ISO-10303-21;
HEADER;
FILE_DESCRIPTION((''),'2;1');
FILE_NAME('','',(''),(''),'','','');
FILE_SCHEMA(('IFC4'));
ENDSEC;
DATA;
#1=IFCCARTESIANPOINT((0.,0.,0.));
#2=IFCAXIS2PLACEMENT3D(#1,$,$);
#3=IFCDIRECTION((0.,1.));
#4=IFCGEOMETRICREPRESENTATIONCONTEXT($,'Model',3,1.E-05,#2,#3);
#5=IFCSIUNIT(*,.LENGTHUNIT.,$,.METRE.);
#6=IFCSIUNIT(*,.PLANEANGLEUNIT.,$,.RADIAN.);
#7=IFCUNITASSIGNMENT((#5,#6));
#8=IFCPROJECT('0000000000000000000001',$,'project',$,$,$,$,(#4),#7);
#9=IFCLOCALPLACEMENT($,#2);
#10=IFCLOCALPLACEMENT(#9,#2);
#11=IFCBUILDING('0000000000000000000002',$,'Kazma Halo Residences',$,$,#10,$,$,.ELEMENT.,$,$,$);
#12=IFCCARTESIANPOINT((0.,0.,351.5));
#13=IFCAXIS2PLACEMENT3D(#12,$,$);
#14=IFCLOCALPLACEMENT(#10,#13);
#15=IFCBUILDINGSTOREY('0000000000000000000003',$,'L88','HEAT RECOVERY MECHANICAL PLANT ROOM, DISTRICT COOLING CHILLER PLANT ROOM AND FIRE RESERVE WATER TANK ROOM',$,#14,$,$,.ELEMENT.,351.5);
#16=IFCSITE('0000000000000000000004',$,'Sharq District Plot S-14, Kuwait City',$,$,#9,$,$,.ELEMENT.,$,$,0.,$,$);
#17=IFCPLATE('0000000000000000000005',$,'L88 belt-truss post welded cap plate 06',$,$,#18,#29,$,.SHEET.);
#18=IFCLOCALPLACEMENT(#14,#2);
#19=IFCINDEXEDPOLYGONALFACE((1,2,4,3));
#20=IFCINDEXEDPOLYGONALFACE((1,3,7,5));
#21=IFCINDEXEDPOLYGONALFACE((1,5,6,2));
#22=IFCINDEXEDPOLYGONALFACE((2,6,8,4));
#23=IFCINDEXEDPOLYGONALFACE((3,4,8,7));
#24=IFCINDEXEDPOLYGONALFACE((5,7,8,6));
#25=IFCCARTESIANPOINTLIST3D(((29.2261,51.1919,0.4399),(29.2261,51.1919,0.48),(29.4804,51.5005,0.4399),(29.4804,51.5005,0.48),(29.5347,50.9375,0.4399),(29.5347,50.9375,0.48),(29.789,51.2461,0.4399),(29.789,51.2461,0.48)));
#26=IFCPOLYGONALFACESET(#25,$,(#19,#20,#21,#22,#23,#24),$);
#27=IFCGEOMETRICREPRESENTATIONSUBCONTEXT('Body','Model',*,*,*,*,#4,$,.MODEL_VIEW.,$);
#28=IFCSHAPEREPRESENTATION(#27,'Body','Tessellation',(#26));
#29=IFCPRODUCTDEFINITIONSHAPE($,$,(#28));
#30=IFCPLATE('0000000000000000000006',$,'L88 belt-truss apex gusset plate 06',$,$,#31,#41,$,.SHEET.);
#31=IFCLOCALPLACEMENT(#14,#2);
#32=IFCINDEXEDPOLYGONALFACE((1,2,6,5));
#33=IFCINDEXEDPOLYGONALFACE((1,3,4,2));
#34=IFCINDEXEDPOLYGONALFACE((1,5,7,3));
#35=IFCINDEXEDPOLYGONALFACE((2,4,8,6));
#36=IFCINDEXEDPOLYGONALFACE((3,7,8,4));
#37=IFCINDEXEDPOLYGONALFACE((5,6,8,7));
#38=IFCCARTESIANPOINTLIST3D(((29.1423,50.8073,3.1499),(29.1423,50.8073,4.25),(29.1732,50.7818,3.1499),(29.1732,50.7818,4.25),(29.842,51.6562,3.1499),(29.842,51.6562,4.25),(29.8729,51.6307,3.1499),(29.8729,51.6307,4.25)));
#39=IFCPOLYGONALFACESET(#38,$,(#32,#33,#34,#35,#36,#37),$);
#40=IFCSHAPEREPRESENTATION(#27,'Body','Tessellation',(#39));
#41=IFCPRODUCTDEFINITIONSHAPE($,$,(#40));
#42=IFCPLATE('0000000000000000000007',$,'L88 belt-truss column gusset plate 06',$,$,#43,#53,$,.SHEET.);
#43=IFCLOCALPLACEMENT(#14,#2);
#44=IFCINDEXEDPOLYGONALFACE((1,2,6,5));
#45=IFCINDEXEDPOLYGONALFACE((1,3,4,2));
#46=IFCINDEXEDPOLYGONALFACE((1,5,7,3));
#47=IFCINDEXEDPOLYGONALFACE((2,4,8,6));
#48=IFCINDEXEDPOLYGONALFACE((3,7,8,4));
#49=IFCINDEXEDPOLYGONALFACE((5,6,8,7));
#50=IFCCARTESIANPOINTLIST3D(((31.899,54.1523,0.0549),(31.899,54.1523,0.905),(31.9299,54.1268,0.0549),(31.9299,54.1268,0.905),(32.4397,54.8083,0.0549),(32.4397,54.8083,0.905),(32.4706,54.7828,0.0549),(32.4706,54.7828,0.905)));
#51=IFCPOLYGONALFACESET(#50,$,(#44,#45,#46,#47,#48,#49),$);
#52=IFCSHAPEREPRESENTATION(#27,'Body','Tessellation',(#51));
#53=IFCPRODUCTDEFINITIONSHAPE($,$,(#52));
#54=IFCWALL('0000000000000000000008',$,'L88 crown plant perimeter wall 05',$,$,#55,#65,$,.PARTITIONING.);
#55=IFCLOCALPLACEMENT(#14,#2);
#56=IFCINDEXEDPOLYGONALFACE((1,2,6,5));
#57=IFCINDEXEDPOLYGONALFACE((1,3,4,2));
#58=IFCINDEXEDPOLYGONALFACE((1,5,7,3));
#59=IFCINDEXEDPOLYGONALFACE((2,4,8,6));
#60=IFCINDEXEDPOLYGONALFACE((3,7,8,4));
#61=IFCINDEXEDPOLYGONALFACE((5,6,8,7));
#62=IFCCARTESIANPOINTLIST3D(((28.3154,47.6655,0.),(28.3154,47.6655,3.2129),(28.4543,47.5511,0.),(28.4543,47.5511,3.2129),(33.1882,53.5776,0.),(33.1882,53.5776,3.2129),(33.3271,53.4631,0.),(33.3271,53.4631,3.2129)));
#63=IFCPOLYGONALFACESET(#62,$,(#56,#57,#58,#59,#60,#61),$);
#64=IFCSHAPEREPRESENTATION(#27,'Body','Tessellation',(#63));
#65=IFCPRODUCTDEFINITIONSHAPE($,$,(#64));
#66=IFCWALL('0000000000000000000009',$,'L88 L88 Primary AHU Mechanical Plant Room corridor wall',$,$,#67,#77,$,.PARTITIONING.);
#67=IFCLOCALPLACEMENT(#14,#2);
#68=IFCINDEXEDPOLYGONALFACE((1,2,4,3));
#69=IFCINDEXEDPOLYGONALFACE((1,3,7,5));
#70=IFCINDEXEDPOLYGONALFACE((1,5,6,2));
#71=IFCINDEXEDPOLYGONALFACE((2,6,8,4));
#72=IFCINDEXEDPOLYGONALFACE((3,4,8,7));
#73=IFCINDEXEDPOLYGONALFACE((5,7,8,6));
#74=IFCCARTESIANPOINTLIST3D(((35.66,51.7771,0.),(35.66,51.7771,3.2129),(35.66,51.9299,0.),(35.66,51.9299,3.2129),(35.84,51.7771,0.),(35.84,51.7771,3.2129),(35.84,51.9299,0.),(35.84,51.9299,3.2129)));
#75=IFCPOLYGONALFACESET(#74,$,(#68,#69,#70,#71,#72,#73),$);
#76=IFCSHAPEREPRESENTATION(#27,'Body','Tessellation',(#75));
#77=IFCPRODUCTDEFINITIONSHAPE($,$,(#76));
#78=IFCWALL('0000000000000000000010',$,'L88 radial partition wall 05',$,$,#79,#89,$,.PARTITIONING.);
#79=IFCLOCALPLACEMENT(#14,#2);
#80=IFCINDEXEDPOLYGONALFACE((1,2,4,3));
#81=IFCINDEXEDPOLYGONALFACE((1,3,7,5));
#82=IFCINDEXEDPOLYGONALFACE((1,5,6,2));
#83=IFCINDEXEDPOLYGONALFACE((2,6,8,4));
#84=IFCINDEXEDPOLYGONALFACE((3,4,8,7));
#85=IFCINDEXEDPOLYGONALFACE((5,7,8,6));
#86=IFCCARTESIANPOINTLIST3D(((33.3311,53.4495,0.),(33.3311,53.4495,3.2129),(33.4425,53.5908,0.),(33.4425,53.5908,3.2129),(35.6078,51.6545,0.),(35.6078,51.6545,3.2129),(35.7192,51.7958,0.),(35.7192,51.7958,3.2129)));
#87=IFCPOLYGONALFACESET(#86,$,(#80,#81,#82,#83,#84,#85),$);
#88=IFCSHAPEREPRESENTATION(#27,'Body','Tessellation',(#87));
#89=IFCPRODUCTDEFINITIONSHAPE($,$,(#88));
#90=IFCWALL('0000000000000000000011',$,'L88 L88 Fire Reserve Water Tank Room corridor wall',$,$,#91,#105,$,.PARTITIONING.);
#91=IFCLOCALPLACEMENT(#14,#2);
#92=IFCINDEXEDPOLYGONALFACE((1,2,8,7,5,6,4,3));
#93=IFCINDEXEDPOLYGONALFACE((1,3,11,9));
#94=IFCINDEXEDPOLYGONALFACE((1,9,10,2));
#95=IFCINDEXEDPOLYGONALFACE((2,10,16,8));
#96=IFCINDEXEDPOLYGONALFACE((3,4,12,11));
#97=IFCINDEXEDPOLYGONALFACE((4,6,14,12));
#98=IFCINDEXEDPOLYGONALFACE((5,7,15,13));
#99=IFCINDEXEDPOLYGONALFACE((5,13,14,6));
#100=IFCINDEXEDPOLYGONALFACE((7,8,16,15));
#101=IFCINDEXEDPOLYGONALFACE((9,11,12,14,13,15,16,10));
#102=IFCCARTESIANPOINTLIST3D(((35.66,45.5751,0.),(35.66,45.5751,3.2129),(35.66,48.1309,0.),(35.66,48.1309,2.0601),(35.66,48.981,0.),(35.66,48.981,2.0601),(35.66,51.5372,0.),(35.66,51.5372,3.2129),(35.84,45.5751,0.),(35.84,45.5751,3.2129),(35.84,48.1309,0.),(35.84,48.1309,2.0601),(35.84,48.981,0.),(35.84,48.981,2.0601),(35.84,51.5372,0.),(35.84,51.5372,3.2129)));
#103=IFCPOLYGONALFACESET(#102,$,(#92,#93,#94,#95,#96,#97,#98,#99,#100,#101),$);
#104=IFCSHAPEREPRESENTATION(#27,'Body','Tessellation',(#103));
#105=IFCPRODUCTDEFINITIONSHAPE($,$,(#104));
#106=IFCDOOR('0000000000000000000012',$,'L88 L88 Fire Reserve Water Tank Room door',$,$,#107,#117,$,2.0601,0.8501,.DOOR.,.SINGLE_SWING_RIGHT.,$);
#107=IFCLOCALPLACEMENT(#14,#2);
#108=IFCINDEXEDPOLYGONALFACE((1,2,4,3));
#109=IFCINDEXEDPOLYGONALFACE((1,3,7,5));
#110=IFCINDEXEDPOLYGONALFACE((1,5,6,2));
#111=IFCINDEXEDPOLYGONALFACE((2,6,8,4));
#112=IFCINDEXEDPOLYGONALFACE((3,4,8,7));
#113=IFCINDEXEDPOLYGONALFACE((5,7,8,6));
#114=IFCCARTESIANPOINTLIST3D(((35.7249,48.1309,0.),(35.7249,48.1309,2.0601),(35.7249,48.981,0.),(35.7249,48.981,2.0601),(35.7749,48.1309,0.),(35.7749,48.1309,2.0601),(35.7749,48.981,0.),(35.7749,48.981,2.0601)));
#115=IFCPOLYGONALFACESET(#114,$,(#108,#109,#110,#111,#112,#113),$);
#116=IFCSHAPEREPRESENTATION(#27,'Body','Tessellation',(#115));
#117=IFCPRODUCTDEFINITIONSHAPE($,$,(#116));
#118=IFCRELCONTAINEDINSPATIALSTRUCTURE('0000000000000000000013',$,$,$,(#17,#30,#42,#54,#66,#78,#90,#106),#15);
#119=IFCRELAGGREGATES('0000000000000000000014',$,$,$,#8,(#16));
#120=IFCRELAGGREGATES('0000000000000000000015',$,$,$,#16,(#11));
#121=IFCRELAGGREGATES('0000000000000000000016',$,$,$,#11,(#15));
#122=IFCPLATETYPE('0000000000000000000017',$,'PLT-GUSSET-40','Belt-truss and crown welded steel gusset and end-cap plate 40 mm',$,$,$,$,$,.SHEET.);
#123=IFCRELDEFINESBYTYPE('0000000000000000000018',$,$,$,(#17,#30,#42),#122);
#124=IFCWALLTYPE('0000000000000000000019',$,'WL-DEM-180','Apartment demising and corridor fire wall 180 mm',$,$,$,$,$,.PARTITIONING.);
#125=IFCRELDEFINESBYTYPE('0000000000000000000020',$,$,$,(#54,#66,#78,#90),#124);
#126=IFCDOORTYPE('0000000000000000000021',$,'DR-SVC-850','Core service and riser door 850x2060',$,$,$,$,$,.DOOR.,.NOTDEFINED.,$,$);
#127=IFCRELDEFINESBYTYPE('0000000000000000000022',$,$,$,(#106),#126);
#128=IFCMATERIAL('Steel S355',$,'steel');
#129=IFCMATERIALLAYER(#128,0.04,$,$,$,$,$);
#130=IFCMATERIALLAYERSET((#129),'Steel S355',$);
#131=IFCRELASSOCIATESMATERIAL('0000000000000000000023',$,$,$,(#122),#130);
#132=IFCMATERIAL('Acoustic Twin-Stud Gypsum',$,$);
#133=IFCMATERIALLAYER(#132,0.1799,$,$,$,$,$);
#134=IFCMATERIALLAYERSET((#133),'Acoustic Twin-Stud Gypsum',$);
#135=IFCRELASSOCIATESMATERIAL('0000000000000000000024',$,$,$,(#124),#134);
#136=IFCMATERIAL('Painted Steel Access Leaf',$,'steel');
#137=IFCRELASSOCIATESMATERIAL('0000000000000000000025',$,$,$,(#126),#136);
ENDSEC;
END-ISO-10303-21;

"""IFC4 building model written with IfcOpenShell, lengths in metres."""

from ifc_helpers import new_model, si_unit, direction, frame, frame_2d, origin, origin_2d, place, context, subcontext, project, spatial, rectangle, extrude, material, layer, layer_set, type_object, element, fill, save


model = new_model("IFC4")

# Units and contexts
model_context = context("Model", 3, precision=1e-05, world=origin(), true_north=direction((0.0, 1.0)))
body_context = subcontext(model_context, "Body", "Model", "MODEL_VIEW")
ifc_project = project(units=[si_unit("LENGTHUNIT", "METRE"), si_unit("PLANEANGLEUNIT", "RADIAN")], contexts=[model_context])

# Site, building, storey
site_placement = place(None, origin())
site = spatial("IfcSite", under=ifc_project, at=site_placement, Name="Sharq District Plot S-14, Kuwait City", CompositionType="ELEMENT", RefElevation=0.0)
building_placement = place(site_placement, origin())
building = spatial("IfcBuilding", under=site, at=building_placement, Name="Kazma Halo Residences", CompositionType="ELEMENT")
storey_placement = place(building_placement, frame((0.0, 0.0, 351.5)))
storey = spatial("IfcBuildingStorey", under=building, at=storey_placement, Name="L88", Description="HEAT RECOVERY MECHANICAL PLANT ROOM, DISTRICT COOLING CHILLER PLANT ROOM AND FIRE RESERVE WATER TANK ROOM", CompositionType="ELEMENT", Elevation=351.5)

# Shared definitions
ifc_material_1 = material(Name="Steel S355", Category="steel")

# Plates
ifc_layer_1 = layer(ifc_material_1, 0.04)
ifc_layer_set_1 = layer_set([ifc_layer_1], Name="Steel S355")
plate_type_1 = type_object("IfcPlateType", Name="PLT-GUSSET-40", Description="Belt-truss and crown welded steel gusset and end-cap plate 40 mm", PredefinedType="SHEET", material=ifc_layer_set_1)
plate_1_placement = place(storey_placement, frame((29.5076, 51.219, 0.4399), z_axis=(0.0, 0.0, 1.0), x_axis=(-0.636008, -0.771683, 0.0)))
element("IfcPlate", 1, at=plate_1_placement, inside=storey, type_object=plate_type_1, Name="L88 belt-truss post welded cap plate 06", PredefinedType="SHEET", context=body_context, shape_type="SweptSolid", body=[
    extrude(rectangle(XDim=0.3999, YDim=0.3999, at=origin_2d()), origin(), (0.0, 0.0, 1.0), 0.04),
])
plate_2_placement = place(storey_placement, frame((29.5076, 51.219, 3.1499), z_axis=(0.0, 0.0, 1.0), x_axis=(-0.636008, -0.771683, 0.0)))
element("IfcPlate", 2, at=plate_2_placement, inside=storey, type_object=plate_type_1, Name="L88 belt-truss apex gusset plate 06", PredefinedType="SHEET", context=body_context, shape_type="SweptSolid", body=[
    extrude(rectangle(XDim=1.1001, YDim=0.04, at=origin_2d()), origin(), (0.0, 0.0, 1.0), 1.1001),
])
plate_3_placement = place(storey_placement, frame((32.1848, 54.4675, 0.0549), z_axis=(0.0, 0.0, 1.0), x_axis=(-0.636008, -0.771683, 0.0)))
element("IfcPlate", 3, at=plate_3_placement, inside=storey, type_object=plate_type_1, Name="L88 belt-truss column gusset plate 06", PredefinedType="SHEET", context=body_context, shape_type="SweptSolid", body=[
    extrude(rectangle(XDim=0.8501, YDim=0.04, at=origin_2d()), origin(), (0.0, 0.0, 1.0), 0.8501),
])

# Walls
ifc_material_2 = material(Name="Acoustic Twin-Stud Gypsum")
ifc_layer_2 = layer(ifc_material_2, 0.1799)
ifc_layer_set_2 = layer_set([ifc_layer_2], Name="Acoustic Twin-Stud Gypsum")
wall_type = type_object("IfcWallType", Name="WL-DEM-180", Description="Apartment demising and corridor fire wall 180 mm", PredefinedType="PARTITIONING", material=ifc_layer_set_2)
wall_1_placement = place(storey_placement, frame((33.2576, 53.5203, 0.0), z_axis=(0.0, 0.0, 1.0), x_axis=(-0.636019, -0.771674, 0.0)))
element("IfcWall", 4, at=wall_1_placement, inside=storey, type_object=wall_type, Name="L88 crown plant perimeter wall 05", PredefinedType="PARTITIONING", context=body_context, shape_type="SweptSolid", body=[
    extrude(rectangle(XDim=7.6614, YDim=0.1799, at=frame_2d((3.8306, 0.0))), origin(), (0.0, 0.0, 1.0), 3.2129),
])
wall_2_placement = place(storey_placement, frame((35.75, 51.9299, 0.0), z_axis=(0.0, 0.0, 1.0), x_axis=(0.0, -1.0, 0.0)))
element("IfcWall", 5, at=wall_2_placement, inside=storey, type_object=wall_type, Name="L88 L88 Primary AHU Mechanical Plant Room corridor wall", PredefinedType="PARTITIONING", context=body_context, shape_type="SweptSolid", body=[
    extrude(rectangle(XDim=0.1528, YDim=0.1799, at=frame_2d((0.0764, 0.0))), origin(), (0.0, 0.0, 1.0), 3.2129),
])
wall_3_placement = place(storey_placement, frame((35.6636, 51.7251, 0.0), z_axis=(0.0, 0.0, 1.0), x_axis=(-0.785286, 0.619134, 0.0)))
element("IfcWall", 6, at=wall_3_placement, inside=storey, type_object=wall_type, Name="L88 radial partition wall 05", PredefinedType="PARTITIONING", context=body_context, shape_type="SweptSolid", body=[
    extrude(rectangle(XDim=2.8992, YDim=0.1799, at=frame_2d((1.4497, 0.0))), origin(), (0.0, 0.0, 1.0), 3.2129),
])

# Wall, opening, door
wall_4_placement = place(storey_placement, frame((35.75, 51.5371, 0.0), z_axis=(0.0, 0.0, 1.0), x_axis=(0.0, -1.0, 0.0)))
wall_4 = element("IfcWall", 7, at=wall_4_placement, inside=storey, type_object=wall_type, Name="L88 L88 Fire Reserve Water Tank Room corridor wall", PredefinedType="PARTITIONING", context=body_context, shape_type="SweptSolid", body=[
    extrude(rectangle(XDim=5.9622, YDim=0.1799, at=frame_2d((2.981, 0.0))), origin(), (0.0, 0.0, 1.0), 3.2129),
])
opening_placement = place(wall_4_placement, frame((2.5562, 0.0, 0.0)))
opening = element("IfcOpeningElement", 8, at=opening_placement, cuts=wall_4, PredefinedType="OPENING", context=body_context, shape_type="SweptSolid", body=[
    extrude(rectangle(XDim=0.8501, YDim=2.0601, at=frame_2d((0.425, 1.03))), frame((0.0, 0.0999, 0.0), z_axis=(0.0, -1.0, 0.0), x_axis=(1.0, 0.0, 0.0)), (0.0, 0.0, 1.0), 0.2),
])
ifc_material_3 = material(Name="Painted Steel Access Leaf", Category="steel")
door_type = type_object("IfcDoorType", Name="DR-SVC-850", Description="Core service and riser door 850x2060", OperationType="NOTDEFINED", PredefinedType="DOOR", material=ifc_material_3)
door_placement = place(opening_placement, origin())
door = element("IfcDoor", 9, at=door_placement, inside=storey, type_object=door_type, Name="L88 L88 Fire Reserve Water Tank Room door", OperationType="SINGLE_SWING_RIGHT", OverallHeight=2.0601, OverallWidth=0.8501, PredefinedType="DOOR", context=body_context, shape_type="SweptSolid", body=[
    extrude(rectangle(XDim=0.8501, YDim=2.0601, at=frame_2d((0.425, 1.03))), frame((0.0, 0.0249, 0.0), z_axis=(0.0, -1.0, 0.0), x_axis=(1.0, 0.0, 0.0)), (0.0, 0.0, 1.0), 0.05),
])
fill(opening, door)

save(model, "model.ifc")
